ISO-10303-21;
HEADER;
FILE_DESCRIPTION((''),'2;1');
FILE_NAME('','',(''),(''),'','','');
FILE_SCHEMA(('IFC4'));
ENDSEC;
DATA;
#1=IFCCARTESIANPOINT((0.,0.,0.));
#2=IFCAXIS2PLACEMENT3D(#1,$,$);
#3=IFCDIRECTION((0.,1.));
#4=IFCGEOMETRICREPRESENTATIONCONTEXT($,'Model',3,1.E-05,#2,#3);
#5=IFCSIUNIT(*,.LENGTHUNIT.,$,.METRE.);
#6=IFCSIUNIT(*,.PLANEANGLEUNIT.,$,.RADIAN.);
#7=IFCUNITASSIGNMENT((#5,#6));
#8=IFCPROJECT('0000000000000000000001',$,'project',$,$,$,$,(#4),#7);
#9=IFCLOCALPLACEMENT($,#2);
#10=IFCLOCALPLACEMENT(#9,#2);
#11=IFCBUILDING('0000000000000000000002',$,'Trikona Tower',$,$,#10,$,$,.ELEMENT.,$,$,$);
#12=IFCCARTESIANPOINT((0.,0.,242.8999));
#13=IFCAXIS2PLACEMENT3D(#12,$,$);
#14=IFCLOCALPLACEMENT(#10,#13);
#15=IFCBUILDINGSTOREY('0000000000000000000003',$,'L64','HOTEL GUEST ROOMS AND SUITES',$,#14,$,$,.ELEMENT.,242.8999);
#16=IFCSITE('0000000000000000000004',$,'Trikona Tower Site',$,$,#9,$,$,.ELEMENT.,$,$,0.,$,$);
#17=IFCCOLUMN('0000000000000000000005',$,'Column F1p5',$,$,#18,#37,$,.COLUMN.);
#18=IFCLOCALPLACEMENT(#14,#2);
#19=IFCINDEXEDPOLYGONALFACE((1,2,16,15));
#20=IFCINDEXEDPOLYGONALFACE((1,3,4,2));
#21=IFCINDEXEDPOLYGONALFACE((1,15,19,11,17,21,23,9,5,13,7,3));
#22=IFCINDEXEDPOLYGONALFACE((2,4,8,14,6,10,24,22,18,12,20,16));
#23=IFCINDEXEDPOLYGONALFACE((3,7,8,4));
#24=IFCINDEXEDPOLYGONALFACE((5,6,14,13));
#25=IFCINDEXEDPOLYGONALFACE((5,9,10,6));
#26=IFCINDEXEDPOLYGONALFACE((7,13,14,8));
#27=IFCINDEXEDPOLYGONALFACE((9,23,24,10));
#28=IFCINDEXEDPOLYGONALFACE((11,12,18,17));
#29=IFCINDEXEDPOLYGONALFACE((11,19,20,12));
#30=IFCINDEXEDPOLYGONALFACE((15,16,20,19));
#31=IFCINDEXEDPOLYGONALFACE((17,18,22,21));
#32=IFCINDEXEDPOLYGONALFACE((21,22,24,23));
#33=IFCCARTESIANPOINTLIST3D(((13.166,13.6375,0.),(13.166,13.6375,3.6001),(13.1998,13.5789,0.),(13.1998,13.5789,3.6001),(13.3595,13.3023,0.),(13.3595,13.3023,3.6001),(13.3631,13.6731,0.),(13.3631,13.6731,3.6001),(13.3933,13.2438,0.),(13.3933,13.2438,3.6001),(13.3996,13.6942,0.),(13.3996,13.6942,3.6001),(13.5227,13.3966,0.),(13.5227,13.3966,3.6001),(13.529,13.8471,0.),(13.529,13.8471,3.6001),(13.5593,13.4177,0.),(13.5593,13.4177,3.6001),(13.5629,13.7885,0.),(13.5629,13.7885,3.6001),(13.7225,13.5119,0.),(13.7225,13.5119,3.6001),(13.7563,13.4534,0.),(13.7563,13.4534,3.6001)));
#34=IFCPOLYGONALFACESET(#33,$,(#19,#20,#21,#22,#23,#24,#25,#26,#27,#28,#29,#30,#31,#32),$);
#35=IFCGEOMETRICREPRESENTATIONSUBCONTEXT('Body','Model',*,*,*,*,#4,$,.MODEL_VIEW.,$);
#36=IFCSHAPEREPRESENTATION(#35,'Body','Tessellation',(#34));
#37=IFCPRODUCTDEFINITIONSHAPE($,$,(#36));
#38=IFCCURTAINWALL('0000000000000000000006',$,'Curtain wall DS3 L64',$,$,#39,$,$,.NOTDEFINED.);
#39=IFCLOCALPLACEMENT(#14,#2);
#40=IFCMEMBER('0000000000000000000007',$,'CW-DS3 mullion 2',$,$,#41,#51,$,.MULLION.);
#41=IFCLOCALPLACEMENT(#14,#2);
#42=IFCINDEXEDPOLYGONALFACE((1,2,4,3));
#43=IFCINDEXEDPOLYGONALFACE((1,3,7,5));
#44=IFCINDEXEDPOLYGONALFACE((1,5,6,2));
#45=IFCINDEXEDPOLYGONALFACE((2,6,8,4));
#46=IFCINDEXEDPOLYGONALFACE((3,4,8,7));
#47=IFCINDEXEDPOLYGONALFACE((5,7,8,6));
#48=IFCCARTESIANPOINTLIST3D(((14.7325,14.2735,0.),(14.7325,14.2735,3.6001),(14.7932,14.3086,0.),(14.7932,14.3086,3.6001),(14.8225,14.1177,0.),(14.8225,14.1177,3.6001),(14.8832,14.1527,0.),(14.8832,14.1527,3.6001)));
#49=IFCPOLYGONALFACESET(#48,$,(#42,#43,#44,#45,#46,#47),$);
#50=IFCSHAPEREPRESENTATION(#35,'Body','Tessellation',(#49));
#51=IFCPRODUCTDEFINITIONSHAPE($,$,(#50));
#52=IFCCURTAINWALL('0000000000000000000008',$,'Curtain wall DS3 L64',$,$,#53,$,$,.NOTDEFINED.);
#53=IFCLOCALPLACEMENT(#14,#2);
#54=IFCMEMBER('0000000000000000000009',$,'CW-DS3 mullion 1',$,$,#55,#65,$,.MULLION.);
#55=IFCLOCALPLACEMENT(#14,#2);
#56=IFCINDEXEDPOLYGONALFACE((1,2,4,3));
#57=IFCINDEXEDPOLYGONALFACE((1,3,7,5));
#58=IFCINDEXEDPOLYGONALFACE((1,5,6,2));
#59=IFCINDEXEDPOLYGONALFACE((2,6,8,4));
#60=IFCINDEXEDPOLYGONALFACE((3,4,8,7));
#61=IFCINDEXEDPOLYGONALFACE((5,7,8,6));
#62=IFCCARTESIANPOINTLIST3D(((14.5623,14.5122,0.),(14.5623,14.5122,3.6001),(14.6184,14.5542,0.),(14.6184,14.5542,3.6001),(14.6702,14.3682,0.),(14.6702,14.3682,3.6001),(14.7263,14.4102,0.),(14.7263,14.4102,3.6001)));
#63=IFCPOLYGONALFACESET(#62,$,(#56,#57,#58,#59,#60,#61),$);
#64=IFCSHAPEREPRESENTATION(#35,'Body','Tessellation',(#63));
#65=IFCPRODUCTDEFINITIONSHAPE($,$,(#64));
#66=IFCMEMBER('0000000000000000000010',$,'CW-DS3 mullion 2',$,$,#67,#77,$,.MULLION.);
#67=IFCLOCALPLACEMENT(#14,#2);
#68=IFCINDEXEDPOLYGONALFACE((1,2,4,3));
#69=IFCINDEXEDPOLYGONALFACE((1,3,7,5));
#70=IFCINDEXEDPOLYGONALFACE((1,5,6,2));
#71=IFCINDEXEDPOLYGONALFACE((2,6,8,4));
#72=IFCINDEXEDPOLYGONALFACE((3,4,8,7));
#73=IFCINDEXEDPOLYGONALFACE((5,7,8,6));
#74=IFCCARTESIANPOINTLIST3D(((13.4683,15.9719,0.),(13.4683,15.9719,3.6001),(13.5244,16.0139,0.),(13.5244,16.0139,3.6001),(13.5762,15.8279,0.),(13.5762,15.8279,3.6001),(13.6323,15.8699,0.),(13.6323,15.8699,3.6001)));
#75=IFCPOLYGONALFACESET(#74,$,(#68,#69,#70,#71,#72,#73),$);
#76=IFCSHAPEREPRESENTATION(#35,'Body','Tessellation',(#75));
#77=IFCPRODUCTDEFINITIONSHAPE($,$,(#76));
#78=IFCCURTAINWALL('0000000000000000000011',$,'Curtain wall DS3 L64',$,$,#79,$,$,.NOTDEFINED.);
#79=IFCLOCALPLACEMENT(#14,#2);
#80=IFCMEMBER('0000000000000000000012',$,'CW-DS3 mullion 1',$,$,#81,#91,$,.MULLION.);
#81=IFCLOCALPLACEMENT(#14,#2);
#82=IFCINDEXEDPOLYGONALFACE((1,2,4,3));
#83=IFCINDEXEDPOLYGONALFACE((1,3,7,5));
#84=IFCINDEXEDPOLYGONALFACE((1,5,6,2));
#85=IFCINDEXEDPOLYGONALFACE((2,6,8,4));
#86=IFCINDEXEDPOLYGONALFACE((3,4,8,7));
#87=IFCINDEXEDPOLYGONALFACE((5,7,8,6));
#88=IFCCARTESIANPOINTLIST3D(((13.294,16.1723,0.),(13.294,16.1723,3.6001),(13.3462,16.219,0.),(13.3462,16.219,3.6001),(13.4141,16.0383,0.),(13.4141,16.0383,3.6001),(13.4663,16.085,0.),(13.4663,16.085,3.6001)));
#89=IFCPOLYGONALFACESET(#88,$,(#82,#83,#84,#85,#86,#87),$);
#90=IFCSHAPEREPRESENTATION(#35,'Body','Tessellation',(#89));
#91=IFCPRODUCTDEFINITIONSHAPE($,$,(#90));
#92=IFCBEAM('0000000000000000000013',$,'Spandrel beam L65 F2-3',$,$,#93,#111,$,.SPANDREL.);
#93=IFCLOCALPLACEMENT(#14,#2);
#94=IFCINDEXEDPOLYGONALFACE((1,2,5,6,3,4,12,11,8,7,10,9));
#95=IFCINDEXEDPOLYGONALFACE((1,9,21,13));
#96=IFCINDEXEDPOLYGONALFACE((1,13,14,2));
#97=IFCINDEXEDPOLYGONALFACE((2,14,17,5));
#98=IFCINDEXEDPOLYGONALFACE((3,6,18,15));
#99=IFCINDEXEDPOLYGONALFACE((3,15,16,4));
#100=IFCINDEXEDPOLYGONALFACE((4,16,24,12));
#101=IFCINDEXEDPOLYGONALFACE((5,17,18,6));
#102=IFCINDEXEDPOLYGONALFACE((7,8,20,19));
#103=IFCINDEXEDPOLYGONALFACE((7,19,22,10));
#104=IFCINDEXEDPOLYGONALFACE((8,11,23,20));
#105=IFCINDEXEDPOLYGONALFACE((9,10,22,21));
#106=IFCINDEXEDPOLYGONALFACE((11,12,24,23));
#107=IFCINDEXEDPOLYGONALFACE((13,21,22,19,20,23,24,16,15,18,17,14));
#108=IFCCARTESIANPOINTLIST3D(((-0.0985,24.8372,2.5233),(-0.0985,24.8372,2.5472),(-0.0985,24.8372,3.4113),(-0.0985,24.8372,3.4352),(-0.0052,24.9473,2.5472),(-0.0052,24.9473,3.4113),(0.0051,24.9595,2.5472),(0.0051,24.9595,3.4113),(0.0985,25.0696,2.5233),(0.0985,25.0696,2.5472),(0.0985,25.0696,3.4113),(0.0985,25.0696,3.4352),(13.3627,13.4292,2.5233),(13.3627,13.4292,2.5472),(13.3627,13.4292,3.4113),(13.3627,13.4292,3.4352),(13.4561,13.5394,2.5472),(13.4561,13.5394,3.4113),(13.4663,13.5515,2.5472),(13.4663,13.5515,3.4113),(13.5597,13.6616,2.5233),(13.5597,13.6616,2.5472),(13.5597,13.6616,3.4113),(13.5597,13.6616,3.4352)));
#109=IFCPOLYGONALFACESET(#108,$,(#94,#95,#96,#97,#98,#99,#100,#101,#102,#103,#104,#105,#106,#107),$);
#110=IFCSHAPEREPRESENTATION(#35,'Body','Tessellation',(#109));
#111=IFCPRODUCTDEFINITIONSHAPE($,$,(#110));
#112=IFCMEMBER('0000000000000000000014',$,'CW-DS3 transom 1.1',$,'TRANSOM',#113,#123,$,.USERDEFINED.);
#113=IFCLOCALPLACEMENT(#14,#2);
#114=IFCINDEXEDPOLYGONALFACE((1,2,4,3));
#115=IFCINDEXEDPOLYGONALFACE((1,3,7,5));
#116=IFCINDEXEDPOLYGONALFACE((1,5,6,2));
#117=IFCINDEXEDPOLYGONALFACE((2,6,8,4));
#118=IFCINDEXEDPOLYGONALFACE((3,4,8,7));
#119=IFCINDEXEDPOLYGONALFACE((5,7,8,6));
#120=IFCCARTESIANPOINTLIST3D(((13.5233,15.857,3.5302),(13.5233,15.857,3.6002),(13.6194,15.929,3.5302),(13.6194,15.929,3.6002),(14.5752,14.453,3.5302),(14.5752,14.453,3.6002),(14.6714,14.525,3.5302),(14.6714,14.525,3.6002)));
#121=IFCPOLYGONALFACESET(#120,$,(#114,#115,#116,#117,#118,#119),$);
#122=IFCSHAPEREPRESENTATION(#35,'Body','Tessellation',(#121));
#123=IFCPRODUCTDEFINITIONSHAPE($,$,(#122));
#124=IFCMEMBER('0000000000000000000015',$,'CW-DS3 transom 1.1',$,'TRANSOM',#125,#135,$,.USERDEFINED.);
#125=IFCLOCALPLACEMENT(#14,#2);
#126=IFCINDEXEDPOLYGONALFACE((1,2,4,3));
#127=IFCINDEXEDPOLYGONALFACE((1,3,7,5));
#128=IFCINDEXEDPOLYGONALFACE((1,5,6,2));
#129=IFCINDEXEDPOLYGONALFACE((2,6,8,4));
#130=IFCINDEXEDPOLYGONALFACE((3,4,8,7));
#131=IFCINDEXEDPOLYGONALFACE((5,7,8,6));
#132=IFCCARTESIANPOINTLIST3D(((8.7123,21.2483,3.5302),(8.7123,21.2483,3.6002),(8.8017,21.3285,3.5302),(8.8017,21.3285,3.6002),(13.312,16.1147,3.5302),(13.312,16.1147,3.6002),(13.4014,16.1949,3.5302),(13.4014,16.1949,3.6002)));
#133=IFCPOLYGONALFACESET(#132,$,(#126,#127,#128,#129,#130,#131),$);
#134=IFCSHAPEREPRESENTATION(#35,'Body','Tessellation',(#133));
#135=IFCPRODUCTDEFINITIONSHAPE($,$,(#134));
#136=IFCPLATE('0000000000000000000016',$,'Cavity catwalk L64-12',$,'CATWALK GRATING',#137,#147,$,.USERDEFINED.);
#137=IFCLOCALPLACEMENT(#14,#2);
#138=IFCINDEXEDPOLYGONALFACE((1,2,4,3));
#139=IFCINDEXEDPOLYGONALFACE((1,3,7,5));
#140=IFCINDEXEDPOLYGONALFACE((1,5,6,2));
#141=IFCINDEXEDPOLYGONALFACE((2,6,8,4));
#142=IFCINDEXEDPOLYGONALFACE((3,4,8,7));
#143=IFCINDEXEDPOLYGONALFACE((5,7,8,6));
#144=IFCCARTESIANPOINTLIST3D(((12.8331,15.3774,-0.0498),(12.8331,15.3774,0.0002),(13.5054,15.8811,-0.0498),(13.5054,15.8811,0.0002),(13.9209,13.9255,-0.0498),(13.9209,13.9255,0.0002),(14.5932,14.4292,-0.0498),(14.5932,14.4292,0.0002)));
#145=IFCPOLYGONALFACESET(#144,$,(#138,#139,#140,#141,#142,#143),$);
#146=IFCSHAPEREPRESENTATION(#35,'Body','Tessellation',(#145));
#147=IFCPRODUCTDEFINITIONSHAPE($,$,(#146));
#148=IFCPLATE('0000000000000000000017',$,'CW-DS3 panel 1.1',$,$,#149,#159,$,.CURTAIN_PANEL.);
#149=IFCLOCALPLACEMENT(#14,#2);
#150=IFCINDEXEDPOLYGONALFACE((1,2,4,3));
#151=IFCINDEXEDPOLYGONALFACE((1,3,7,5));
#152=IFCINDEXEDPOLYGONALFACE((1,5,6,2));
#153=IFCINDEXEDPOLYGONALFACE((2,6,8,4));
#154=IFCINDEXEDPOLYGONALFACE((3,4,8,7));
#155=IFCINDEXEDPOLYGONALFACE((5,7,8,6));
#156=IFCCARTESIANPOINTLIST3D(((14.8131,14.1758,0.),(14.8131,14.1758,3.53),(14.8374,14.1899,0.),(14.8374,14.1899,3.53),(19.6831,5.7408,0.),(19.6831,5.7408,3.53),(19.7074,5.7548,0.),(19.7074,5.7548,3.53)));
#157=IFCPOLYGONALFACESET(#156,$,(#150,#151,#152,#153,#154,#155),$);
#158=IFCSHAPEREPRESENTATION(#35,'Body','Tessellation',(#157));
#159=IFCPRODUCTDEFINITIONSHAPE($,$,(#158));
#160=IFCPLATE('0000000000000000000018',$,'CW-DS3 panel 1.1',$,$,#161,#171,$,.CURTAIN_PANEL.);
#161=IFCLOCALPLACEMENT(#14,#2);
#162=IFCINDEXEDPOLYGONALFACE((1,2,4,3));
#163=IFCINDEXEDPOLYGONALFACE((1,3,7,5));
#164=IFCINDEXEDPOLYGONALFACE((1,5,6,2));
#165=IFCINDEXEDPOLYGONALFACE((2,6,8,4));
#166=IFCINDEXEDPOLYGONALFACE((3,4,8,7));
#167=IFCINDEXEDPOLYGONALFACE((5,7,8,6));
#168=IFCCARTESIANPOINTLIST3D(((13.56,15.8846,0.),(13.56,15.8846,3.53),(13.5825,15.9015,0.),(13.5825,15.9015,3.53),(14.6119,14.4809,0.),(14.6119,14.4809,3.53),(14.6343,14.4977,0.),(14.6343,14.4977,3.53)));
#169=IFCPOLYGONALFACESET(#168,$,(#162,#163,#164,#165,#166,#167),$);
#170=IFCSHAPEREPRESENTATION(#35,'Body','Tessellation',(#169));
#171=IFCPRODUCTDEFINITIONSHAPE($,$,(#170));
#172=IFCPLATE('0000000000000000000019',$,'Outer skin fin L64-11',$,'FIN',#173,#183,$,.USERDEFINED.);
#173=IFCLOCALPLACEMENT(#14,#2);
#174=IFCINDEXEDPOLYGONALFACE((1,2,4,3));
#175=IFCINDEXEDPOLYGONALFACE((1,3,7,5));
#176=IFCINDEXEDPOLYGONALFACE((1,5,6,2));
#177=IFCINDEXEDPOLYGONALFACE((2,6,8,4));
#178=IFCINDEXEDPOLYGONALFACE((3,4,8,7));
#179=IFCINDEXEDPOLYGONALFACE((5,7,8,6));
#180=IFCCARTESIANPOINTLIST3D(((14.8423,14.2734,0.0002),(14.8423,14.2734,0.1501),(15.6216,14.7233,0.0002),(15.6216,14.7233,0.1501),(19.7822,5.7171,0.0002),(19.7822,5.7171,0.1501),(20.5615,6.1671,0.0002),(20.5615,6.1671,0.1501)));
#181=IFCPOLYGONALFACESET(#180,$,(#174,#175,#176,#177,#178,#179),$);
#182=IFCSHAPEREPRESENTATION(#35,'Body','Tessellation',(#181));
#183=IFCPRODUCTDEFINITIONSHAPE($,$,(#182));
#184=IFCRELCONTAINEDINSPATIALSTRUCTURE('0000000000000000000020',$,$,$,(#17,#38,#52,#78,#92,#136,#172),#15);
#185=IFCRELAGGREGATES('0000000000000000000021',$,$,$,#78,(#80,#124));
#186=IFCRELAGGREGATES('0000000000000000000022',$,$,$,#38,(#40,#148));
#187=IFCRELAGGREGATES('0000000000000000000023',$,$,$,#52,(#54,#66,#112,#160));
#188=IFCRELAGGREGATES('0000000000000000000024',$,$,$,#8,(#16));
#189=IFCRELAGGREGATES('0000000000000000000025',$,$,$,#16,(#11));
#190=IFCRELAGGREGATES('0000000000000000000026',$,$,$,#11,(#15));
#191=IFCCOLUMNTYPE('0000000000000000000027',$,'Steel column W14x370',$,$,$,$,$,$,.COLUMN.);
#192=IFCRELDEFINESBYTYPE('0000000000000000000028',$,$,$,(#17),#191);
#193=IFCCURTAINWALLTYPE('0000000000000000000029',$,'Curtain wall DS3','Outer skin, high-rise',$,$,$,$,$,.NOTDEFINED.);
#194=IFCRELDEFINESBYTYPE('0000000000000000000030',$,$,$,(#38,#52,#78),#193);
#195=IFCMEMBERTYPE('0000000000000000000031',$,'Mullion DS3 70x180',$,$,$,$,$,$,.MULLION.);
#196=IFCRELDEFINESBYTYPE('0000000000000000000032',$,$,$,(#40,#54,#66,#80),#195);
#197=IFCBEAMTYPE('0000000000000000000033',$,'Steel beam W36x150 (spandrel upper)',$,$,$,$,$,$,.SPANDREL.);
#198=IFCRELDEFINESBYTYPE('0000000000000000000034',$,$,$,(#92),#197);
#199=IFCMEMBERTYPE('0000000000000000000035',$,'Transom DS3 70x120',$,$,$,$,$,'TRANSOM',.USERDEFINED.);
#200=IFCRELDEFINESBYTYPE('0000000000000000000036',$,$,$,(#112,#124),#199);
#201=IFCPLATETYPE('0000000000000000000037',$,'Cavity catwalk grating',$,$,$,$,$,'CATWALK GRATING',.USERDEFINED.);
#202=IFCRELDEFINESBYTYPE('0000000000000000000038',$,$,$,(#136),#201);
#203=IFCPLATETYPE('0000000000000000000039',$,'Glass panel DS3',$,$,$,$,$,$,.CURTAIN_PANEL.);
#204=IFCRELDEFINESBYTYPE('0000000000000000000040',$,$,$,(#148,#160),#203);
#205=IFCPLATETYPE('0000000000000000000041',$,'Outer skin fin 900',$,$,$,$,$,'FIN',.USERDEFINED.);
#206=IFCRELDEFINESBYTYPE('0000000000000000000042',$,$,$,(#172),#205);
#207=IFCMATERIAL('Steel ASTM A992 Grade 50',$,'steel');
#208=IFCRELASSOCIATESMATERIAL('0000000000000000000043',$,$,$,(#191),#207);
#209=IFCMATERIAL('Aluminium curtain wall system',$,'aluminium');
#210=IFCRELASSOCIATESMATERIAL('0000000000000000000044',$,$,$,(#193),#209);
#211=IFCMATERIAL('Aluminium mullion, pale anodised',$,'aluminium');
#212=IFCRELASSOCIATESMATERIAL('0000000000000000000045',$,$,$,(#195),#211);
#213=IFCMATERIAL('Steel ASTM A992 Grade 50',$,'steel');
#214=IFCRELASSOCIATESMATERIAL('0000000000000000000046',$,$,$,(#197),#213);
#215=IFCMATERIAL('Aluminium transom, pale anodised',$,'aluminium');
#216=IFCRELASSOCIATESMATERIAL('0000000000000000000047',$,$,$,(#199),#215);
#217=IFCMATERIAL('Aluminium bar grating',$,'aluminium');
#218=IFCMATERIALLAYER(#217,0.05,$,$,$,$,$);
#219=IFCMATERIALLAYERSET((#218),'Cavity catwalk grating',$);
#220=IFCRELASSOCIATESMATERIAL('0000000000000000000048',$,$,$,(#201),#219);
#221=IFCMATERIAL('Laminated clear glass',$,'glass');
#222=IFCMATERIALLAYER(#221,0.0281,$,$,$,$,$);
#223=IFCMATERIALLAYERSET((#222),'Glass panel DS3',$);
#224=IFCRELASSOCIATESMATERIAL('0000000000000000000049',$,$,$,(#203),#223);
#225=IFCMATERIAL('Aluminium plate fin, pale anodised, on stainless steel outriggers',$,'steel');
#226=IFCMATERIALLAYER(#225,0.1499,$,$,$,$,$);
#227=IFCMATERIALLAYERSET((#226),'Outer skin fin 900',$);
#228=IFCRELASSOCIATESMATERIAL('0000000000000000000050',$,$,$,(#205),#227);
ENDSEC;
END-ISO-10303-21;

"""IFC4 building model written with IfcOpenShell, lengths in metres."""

from ifc_helpers import new_model, si_unit, direction, frame, origin, origin_2d, place, context, subcontext, project, spatial, rectangle, i_section, extrude, material, layer, layer_set, material_profile, profile_set, type_object, element, aggregate, save


model = new_model("IFC4")

# Units and contexts
model_context = context("Model", 3, precision=1e-05, world=origin(), true_north=direction((0.0, 1.0)))
body_context = subcontext(model_context, "Body", "Model", "MODEL_VIEW")
ifc_project = project(units=[si_unit("LENGTHUNIT", "METRE"), si_unit("PLANEANGLEUNIT", "RADIAN")], contexts=[model_context])

# Site, building, storey
site_placement = place(None, origin())
site = spatial("IfcSite", under=ifc_project, at=site_placement, Name="Trikona Tower Site", CompositionType="ELEMENT", RefElevation=0.0)
building_placement = place(site_placement, origin())
building = spatial("IfcBuilding", under=site, at=building_placement, Name="Trikona Tower", CompositionType="ELEMENT")
storey_placement = place(building_placement, frame((0.0, 0.0, 242.8999)))
storey = spatial("IfcBuildingStorey", under=building, at=storey_placement, Name="L64", Description="HOTEL GUEST ROOMS AND SUITES", CompositionType="ELEMENT", Elevation=242.8999)

# Column
ifc_material_1 = material(Name="Steel ASTM A992 Grade 50", Category="steel")
ifc_material_profile_1 = material_profile(ifc_material_1, i_section(OverallWidth=0.4192, OverallDepth=0.4546, WebThickness=0.0422, FlangeThickness=0.0676, at=origin_2d()), Name="W14X370")
ifc_profile_set_1 = profile_set([ifc_material_profile_1], Name="Steel ASTM A992 Grade 50")
column_type = type_object("IfcColumnType", Name="Steel column W14x370", PredefinedType="COLUMN", material=ifc_profile_set_1)
column_placement = place(storey_placement, frame((13.4612, 13.5454, 0.0), z_axis=(0.0, 0.0, 1.0), x_axis=(0.866025, 0.5, 0.0)))
element("IfcColumn", 1, at=column_placement, inside=storey, type_object=column_type, Name="Column F1p5", PredefinedType="COLUMN", context=body_context, shape_type="SweptSolid", body=[
    extrude(i_section(OverallWidth=0.4192, OverallDepth=0.4546, WebThickness=0.0422, FlangeThickness=0.0676, at=origin_2d()), origin(), (0.0, 0.0, 1.0), 3.6001),
])

# Curtain wall, member
ifc_material_2 = material(Name="Aluminium curtain wall system", Category="aluminium")
curtain_wall_type = type_object("IfcCurtainWallType", Name="Curtain wall DS3", Description="Outer skin, high-rise", PredefinedType="NOTDEFINED", material=ifc_material_2)
curtain_wall_1_placement = place(storey_placement, origin())
curtain_wall_1 = element("IfcCurtainWall", 2, at=curtain_wall_1_placement, inside=storey, type_object=curtain_wall_type, Name="Curtain wall DS3 L64", PredefinedType="NOTDEFINED")
ifc_material_3 = material(Name="Aluminium mullion, pale anodised", Category="aluminium")
ifc_material_profile_2 = material_profile(ifc_material_3, rectangle(XDim=0.0701, YDim=0.1799, at=origin_2d()), Name="MUL-DS3")
ifc_profile_set_2 = profile_set([ifc_material_profile_2], Name="Aluminium mullion, pale anodised")
member_type_1 = type_object("IfcMemberType", Name="Mullion DS3 70x180", PredefinedType="MULLION", material=ifc_profile_set_2)
member_1_placement = place(storey_placement, frame((14.8079, 14.2131, 0.0), z_axis=(0.0, 0.0, 1.0), x_axis=(-0.866025, -0.500001, 0.0)))
member_1 = element("IfcMember", 3, at=member_1_placement, type_object=member_type_1, Name="CW-DS3 mullion 2", PredefinedType="MULLION", context=body_context, shape_type="SweptSolid", body=[
    extrude(rectangle(XDim=0.0701, YDim=0.1799, at=origin_2d()), origin(), (0.0, 0.0, 1.0), 3.6001),
])

# Curtain wall, members
curtain_wall_2_placement = place(storey_placement, origin())
curtain_wall_2 = element("IfcCurtainWall", 4, at=curtain_wall_2_placement, inside=storey, type_object=curtain_wall_type, Name="Curtain wall DS3 L64", PredefinedType="NOTDEFINED")
member_2_placement = place(storey_placement, frame((14.6443, 14.4612, 0.0), z_axis=(0.0, 0.0, 1.0), x_axis=(-0.80026, -0.599654, 0.0)))
member_2 = element("IfcMember", 5, at=member_2_placement, type_object=member_type_1, Name="CW-DS3 mullion 1", PredefinedType="MULLION", context=body_context, shape_type="SweptSolid", body=[
    extrude(rectangle(XDim=0.0701, YDim=0.1799, at=origin_2d()), origin(), (0.0, 0.0, 1.0), 3.6001),
])
member_3_placement = place(storey_placement, frame((13.5503, 15.9209, 0.0), z_axis=(0.0, 0.0, 1.0), x_axis=(-0.80026, -0.599654, 0.0)))
member_3 = element("IfcMember", 6, at=member_3_placement, type_object=member_type_1, Name="CW-DS3 mullion 2", PredefinedType="MULLION", context=body_context, shape_type="SweptSolid", body=[
    extrude(rectangle(XDim=0.0701, YDim=0.1799, at=origin_2d()), origin(), (0.0, 0.0, 1.0), 3.6001),
])

# Curtain wall, member
curtain_wall_3_placement = place(storey_placement, origin())
curtain_wall_3 = element("IfcCurtainWall", 7, at=curtain_wall_3_placement, inside=storey, type_object=curtain_wall_type, Name="Curtain wall DS3 L64", PredefinedType="NOTDEFINED")
member_4_placement = place(storey_placement, frame((13.3801, 16.1287, 0.0), z_axis=(0.0, 0.0, 1.0), x_axis=(-0.744771, -0.66732, 0.0)))
member_4 = element("IfcMember", 8, at=member_4_placement, type_object=member_type_1, Name="CW-DS3 mullion 1", PredefinedType="MULLION", context=body_context, shape_type="SweptSolid", body=[
    extrude(rectangle(XDim=0.0701, YDim=0.1799, at=origin_2d()), origin(), (0.0, 0.0, 1.0), 3.6001),
])

# Beam
ifc_material_4 = material(Name="Steel ASTM A992 Grade 50", Category="steel")
ifc_material_profile_3 = material_profile(ifc_material_4, i_section(OverallWidth=0.3047, OverallDepth=0.9119, WebThickness=0.0159, FlangeThickness=0.0239, at=origin_2d()), Name="W36X150")
ifc_profile_set_3 = profile_set([ifc_material_profile_3], Name="Steel ASTM A992 Grade 50")
beam_type = type_object("IfcBeamType", Name="Steel beam W36x150 (spandrel upper)", PredefinedType="SPANDREL", material=ifc_profile_set_3)
beam_placement = place(storey_placement, frame((13.4612, 13.5454, 2.9792), z_axis=(-0.762891, 0.646528, 0.0), x_axis=(-0.646528, -0.762891, 0.0)))
element("IfcBeam", 9, at=beam_placement, inside=storey, type_object=beam_type, Name="Spandrel beam L65 F2-3", PredefinedType="SPANDREL", context=body_context, shape_type="SweptSolid", body=[
    extrude(i_section(OverallWidth=0.3047, OverallDepth=0.9119, WebThickness=0.0159, FlangeThickness=0.0239, at=origin_2d()), origin(), (0.0, 0.0, 1.0), 17.645),
])

# Members
ifc_material_5 = material(Name="Aluminium transom, pale anodised", Category="aluminium")
ifc_material_profile_4 = material_profile(ifc_material_5, rectangle(XDim=0.1201, YDim=0.0701, at=origin_2d()), Name="TRN-DS3")
ifc_profile_set_4 = profile_set([ifc_material_profile_4], Name="Aluminium transom, pale anodised")
member_type_2 = type_object("IfcMemberType", Name="Transom DS3 70x120", ElementType="TRANSOM", PredefinedType="USERDEFINED", material=ifc_profile_set_4)
member_5_placement = place(storey_placement, frame((14.6233, 14.489, 3.5652), z_axis=(-0.599621, 0.800284, 0.0), x_axis=(-0.800284, -0.599621, 0.0)))
member_5 = element("IfcMember", 10, at=member_5_placement, type_object=member_type_2, Name="CW-DS3 transom 1.1", ObjectType="TRANSOM", PredefinedType="USERDEFINED", context=body_context, shape_type="SweptSolid", body=[
    extrude(rectangle(XDim=0.1201, YDim=0.0701, at=origin_2d()), origin(), (0.0, 0.0, 1.0), 1.7544),
])
member_6_placement = place(storey_placement, frame((13.3567, 16.1548, 3.5652), z_axis=(-0.667313, 0.744777, 0.0), x_axis=(-0.744777, -0.667313, 0.0)))
member_6 = element("IfcMember", 11, at=member_6_placement, type_object=member_type_2, Name="CW-DS3 transom 1.1", ObjectType="TRANSOM", PredefinedType="USERDEFINED", context=body_context, shape_type="SweptSolid", body=[
    extrude(rectangle(XDim=0.1201, YDim=0.0701, at=origin_2d()), origin(), (0.0, 0.0, 1.0), 6.8928),
])
aggregate(curtain_wall_3, [member_4, member_6])

# Plates
ifc_material_6 = material(Name="Aluminium bar grating", Category="aluminium")
ifc_layer_1 = layer(ifc_material_6, 0.05)
ifc_layer_set_1 = layer_set([ifc_layer_1], Name="Cavity catwalk grating")
plate_type_1 = type_object("IfcPlateType", Name="Cavity catwalk grating", ElementType="CATWALK GRATING", PredefinedType="USERDEFINED", material=ifc_layer_set_1)
plate_1_placement = place(storey_placement, frame((13.7131, 14.9033, -0.0498), z_axis=(0.0, 0.0, 1.0), x_axis=(-0.599619, 0.800286, 0.0)))
element("IfcPlate", 12, at=plate_1_placement, inside=storey, type_object=plate_type_1, Name="Cavity catwalk L64-12", ObjectType="CATWALK GRATING", PredefinedType="USERDEFINED", context=body_context, shape_type="SweptSolid", body=[
    extrude(rectangle(XDim=1.8142, YDim=0.8401, at=origin_2d()), origin(), (0.0, 0.0, 1.0), 0.05),
])
ifc_material_7 = material(Name="Laminated clear glass", Category="glass")
ifc_layer_2 = layer(ifc_material_7, 0.0281)
ifc_layer_set_2 = layer_set([ifc_layer_2], Name="Glass panel DS3")
plate_type_2 = type_object("IfcPlateType", Name="Glass panel DS3", PredefinedType="CURTAIN_PANEL", material=ifc_layer_set_2)
plate_2_placement = place(storey_placement, frame((17.2603, 9.9653, 0.0), z_axis=(0.0, 0.0, 1.0), x_axis=(-0.500001, 0.866025, 0.0)))
plate_2 = element("IfcPlate", 13, at=plate_2_placement, type_object=plate_type_2, Name="CW-DS3 panel 1.1", PredefinedType="CURTAIN_PANEL", context=body_context, shape_type="SweptSolid", body=[
    extrude(rectangle(XDim=9.74, YDim=0.0281, at=origin_2d()), origin(), (0.0, 0.0, 1.0), 3.53),
])
aggregate(curtain_wall_1, [member_1, plate_2])
plate_3_placement = place(storey_placement, frame((14.0972, 15.1912, 0.0), z_axis=(0.0, 0.0, 1.0), x_axis=(-0.599654, 0.80026, 0.0)))
plate_3 = element("IfcPlate", 14, at=plate_3_placement, type_object=plate_type_2, Name="CW-DS3 panel 1.1", PredefinedType="CURTAIN_PANEL", context=body_context, shape_type="SweptSolid", body=[
    extrude(rectangle(XDim=1.7542, YDim=0.0281, at=origin_2d()), origin(), (0.0, 0.0, 1.0), 3.53),
])
aggregate(curtain_wall_2, [member_2, member_3, member_5, plate_3])

# Plate
ifc_material_8 = material(Name="Aluminium plate fin, pale anodised, on stainless steel outriggers", Category="steel")
ifc_layer_3 = layer(ifc_material_8, 0.1499)
ifc_layer_set_3 = layer_set([ifc_layer_3], Name="Outer skin fin 900")
plate_type_3 = type_object("IfcPlateType", Name="Outer skin fin 900", ElementType="FIN", PredefinedType="USERDEFINED", material=ifc_layer_set_3)
plate_4_placement = place(storey_placement, frame((17.7019, 10.2202, 0.0002), z_axis=(0.0, 0.0, 1.0), x_axis=(-0.499998, 0.866026, 0.0)))
element("IfcPlate", 15, at=plate_4_placement, inside=storey, type_object=plate_type_3, Name="Outer skin fin L64-11", ObjectType="FIN", PredefinedType="USERDEFINED", context=body_context, shape_type="SweptSolid", body=[
    extrude(rectangle(XDim=9.8799, YDim=0.8999, at=origin_2d()), origin(), (0.0, 0.0, 1.0), 0.1499),
])

save(model, "model.ifc")
